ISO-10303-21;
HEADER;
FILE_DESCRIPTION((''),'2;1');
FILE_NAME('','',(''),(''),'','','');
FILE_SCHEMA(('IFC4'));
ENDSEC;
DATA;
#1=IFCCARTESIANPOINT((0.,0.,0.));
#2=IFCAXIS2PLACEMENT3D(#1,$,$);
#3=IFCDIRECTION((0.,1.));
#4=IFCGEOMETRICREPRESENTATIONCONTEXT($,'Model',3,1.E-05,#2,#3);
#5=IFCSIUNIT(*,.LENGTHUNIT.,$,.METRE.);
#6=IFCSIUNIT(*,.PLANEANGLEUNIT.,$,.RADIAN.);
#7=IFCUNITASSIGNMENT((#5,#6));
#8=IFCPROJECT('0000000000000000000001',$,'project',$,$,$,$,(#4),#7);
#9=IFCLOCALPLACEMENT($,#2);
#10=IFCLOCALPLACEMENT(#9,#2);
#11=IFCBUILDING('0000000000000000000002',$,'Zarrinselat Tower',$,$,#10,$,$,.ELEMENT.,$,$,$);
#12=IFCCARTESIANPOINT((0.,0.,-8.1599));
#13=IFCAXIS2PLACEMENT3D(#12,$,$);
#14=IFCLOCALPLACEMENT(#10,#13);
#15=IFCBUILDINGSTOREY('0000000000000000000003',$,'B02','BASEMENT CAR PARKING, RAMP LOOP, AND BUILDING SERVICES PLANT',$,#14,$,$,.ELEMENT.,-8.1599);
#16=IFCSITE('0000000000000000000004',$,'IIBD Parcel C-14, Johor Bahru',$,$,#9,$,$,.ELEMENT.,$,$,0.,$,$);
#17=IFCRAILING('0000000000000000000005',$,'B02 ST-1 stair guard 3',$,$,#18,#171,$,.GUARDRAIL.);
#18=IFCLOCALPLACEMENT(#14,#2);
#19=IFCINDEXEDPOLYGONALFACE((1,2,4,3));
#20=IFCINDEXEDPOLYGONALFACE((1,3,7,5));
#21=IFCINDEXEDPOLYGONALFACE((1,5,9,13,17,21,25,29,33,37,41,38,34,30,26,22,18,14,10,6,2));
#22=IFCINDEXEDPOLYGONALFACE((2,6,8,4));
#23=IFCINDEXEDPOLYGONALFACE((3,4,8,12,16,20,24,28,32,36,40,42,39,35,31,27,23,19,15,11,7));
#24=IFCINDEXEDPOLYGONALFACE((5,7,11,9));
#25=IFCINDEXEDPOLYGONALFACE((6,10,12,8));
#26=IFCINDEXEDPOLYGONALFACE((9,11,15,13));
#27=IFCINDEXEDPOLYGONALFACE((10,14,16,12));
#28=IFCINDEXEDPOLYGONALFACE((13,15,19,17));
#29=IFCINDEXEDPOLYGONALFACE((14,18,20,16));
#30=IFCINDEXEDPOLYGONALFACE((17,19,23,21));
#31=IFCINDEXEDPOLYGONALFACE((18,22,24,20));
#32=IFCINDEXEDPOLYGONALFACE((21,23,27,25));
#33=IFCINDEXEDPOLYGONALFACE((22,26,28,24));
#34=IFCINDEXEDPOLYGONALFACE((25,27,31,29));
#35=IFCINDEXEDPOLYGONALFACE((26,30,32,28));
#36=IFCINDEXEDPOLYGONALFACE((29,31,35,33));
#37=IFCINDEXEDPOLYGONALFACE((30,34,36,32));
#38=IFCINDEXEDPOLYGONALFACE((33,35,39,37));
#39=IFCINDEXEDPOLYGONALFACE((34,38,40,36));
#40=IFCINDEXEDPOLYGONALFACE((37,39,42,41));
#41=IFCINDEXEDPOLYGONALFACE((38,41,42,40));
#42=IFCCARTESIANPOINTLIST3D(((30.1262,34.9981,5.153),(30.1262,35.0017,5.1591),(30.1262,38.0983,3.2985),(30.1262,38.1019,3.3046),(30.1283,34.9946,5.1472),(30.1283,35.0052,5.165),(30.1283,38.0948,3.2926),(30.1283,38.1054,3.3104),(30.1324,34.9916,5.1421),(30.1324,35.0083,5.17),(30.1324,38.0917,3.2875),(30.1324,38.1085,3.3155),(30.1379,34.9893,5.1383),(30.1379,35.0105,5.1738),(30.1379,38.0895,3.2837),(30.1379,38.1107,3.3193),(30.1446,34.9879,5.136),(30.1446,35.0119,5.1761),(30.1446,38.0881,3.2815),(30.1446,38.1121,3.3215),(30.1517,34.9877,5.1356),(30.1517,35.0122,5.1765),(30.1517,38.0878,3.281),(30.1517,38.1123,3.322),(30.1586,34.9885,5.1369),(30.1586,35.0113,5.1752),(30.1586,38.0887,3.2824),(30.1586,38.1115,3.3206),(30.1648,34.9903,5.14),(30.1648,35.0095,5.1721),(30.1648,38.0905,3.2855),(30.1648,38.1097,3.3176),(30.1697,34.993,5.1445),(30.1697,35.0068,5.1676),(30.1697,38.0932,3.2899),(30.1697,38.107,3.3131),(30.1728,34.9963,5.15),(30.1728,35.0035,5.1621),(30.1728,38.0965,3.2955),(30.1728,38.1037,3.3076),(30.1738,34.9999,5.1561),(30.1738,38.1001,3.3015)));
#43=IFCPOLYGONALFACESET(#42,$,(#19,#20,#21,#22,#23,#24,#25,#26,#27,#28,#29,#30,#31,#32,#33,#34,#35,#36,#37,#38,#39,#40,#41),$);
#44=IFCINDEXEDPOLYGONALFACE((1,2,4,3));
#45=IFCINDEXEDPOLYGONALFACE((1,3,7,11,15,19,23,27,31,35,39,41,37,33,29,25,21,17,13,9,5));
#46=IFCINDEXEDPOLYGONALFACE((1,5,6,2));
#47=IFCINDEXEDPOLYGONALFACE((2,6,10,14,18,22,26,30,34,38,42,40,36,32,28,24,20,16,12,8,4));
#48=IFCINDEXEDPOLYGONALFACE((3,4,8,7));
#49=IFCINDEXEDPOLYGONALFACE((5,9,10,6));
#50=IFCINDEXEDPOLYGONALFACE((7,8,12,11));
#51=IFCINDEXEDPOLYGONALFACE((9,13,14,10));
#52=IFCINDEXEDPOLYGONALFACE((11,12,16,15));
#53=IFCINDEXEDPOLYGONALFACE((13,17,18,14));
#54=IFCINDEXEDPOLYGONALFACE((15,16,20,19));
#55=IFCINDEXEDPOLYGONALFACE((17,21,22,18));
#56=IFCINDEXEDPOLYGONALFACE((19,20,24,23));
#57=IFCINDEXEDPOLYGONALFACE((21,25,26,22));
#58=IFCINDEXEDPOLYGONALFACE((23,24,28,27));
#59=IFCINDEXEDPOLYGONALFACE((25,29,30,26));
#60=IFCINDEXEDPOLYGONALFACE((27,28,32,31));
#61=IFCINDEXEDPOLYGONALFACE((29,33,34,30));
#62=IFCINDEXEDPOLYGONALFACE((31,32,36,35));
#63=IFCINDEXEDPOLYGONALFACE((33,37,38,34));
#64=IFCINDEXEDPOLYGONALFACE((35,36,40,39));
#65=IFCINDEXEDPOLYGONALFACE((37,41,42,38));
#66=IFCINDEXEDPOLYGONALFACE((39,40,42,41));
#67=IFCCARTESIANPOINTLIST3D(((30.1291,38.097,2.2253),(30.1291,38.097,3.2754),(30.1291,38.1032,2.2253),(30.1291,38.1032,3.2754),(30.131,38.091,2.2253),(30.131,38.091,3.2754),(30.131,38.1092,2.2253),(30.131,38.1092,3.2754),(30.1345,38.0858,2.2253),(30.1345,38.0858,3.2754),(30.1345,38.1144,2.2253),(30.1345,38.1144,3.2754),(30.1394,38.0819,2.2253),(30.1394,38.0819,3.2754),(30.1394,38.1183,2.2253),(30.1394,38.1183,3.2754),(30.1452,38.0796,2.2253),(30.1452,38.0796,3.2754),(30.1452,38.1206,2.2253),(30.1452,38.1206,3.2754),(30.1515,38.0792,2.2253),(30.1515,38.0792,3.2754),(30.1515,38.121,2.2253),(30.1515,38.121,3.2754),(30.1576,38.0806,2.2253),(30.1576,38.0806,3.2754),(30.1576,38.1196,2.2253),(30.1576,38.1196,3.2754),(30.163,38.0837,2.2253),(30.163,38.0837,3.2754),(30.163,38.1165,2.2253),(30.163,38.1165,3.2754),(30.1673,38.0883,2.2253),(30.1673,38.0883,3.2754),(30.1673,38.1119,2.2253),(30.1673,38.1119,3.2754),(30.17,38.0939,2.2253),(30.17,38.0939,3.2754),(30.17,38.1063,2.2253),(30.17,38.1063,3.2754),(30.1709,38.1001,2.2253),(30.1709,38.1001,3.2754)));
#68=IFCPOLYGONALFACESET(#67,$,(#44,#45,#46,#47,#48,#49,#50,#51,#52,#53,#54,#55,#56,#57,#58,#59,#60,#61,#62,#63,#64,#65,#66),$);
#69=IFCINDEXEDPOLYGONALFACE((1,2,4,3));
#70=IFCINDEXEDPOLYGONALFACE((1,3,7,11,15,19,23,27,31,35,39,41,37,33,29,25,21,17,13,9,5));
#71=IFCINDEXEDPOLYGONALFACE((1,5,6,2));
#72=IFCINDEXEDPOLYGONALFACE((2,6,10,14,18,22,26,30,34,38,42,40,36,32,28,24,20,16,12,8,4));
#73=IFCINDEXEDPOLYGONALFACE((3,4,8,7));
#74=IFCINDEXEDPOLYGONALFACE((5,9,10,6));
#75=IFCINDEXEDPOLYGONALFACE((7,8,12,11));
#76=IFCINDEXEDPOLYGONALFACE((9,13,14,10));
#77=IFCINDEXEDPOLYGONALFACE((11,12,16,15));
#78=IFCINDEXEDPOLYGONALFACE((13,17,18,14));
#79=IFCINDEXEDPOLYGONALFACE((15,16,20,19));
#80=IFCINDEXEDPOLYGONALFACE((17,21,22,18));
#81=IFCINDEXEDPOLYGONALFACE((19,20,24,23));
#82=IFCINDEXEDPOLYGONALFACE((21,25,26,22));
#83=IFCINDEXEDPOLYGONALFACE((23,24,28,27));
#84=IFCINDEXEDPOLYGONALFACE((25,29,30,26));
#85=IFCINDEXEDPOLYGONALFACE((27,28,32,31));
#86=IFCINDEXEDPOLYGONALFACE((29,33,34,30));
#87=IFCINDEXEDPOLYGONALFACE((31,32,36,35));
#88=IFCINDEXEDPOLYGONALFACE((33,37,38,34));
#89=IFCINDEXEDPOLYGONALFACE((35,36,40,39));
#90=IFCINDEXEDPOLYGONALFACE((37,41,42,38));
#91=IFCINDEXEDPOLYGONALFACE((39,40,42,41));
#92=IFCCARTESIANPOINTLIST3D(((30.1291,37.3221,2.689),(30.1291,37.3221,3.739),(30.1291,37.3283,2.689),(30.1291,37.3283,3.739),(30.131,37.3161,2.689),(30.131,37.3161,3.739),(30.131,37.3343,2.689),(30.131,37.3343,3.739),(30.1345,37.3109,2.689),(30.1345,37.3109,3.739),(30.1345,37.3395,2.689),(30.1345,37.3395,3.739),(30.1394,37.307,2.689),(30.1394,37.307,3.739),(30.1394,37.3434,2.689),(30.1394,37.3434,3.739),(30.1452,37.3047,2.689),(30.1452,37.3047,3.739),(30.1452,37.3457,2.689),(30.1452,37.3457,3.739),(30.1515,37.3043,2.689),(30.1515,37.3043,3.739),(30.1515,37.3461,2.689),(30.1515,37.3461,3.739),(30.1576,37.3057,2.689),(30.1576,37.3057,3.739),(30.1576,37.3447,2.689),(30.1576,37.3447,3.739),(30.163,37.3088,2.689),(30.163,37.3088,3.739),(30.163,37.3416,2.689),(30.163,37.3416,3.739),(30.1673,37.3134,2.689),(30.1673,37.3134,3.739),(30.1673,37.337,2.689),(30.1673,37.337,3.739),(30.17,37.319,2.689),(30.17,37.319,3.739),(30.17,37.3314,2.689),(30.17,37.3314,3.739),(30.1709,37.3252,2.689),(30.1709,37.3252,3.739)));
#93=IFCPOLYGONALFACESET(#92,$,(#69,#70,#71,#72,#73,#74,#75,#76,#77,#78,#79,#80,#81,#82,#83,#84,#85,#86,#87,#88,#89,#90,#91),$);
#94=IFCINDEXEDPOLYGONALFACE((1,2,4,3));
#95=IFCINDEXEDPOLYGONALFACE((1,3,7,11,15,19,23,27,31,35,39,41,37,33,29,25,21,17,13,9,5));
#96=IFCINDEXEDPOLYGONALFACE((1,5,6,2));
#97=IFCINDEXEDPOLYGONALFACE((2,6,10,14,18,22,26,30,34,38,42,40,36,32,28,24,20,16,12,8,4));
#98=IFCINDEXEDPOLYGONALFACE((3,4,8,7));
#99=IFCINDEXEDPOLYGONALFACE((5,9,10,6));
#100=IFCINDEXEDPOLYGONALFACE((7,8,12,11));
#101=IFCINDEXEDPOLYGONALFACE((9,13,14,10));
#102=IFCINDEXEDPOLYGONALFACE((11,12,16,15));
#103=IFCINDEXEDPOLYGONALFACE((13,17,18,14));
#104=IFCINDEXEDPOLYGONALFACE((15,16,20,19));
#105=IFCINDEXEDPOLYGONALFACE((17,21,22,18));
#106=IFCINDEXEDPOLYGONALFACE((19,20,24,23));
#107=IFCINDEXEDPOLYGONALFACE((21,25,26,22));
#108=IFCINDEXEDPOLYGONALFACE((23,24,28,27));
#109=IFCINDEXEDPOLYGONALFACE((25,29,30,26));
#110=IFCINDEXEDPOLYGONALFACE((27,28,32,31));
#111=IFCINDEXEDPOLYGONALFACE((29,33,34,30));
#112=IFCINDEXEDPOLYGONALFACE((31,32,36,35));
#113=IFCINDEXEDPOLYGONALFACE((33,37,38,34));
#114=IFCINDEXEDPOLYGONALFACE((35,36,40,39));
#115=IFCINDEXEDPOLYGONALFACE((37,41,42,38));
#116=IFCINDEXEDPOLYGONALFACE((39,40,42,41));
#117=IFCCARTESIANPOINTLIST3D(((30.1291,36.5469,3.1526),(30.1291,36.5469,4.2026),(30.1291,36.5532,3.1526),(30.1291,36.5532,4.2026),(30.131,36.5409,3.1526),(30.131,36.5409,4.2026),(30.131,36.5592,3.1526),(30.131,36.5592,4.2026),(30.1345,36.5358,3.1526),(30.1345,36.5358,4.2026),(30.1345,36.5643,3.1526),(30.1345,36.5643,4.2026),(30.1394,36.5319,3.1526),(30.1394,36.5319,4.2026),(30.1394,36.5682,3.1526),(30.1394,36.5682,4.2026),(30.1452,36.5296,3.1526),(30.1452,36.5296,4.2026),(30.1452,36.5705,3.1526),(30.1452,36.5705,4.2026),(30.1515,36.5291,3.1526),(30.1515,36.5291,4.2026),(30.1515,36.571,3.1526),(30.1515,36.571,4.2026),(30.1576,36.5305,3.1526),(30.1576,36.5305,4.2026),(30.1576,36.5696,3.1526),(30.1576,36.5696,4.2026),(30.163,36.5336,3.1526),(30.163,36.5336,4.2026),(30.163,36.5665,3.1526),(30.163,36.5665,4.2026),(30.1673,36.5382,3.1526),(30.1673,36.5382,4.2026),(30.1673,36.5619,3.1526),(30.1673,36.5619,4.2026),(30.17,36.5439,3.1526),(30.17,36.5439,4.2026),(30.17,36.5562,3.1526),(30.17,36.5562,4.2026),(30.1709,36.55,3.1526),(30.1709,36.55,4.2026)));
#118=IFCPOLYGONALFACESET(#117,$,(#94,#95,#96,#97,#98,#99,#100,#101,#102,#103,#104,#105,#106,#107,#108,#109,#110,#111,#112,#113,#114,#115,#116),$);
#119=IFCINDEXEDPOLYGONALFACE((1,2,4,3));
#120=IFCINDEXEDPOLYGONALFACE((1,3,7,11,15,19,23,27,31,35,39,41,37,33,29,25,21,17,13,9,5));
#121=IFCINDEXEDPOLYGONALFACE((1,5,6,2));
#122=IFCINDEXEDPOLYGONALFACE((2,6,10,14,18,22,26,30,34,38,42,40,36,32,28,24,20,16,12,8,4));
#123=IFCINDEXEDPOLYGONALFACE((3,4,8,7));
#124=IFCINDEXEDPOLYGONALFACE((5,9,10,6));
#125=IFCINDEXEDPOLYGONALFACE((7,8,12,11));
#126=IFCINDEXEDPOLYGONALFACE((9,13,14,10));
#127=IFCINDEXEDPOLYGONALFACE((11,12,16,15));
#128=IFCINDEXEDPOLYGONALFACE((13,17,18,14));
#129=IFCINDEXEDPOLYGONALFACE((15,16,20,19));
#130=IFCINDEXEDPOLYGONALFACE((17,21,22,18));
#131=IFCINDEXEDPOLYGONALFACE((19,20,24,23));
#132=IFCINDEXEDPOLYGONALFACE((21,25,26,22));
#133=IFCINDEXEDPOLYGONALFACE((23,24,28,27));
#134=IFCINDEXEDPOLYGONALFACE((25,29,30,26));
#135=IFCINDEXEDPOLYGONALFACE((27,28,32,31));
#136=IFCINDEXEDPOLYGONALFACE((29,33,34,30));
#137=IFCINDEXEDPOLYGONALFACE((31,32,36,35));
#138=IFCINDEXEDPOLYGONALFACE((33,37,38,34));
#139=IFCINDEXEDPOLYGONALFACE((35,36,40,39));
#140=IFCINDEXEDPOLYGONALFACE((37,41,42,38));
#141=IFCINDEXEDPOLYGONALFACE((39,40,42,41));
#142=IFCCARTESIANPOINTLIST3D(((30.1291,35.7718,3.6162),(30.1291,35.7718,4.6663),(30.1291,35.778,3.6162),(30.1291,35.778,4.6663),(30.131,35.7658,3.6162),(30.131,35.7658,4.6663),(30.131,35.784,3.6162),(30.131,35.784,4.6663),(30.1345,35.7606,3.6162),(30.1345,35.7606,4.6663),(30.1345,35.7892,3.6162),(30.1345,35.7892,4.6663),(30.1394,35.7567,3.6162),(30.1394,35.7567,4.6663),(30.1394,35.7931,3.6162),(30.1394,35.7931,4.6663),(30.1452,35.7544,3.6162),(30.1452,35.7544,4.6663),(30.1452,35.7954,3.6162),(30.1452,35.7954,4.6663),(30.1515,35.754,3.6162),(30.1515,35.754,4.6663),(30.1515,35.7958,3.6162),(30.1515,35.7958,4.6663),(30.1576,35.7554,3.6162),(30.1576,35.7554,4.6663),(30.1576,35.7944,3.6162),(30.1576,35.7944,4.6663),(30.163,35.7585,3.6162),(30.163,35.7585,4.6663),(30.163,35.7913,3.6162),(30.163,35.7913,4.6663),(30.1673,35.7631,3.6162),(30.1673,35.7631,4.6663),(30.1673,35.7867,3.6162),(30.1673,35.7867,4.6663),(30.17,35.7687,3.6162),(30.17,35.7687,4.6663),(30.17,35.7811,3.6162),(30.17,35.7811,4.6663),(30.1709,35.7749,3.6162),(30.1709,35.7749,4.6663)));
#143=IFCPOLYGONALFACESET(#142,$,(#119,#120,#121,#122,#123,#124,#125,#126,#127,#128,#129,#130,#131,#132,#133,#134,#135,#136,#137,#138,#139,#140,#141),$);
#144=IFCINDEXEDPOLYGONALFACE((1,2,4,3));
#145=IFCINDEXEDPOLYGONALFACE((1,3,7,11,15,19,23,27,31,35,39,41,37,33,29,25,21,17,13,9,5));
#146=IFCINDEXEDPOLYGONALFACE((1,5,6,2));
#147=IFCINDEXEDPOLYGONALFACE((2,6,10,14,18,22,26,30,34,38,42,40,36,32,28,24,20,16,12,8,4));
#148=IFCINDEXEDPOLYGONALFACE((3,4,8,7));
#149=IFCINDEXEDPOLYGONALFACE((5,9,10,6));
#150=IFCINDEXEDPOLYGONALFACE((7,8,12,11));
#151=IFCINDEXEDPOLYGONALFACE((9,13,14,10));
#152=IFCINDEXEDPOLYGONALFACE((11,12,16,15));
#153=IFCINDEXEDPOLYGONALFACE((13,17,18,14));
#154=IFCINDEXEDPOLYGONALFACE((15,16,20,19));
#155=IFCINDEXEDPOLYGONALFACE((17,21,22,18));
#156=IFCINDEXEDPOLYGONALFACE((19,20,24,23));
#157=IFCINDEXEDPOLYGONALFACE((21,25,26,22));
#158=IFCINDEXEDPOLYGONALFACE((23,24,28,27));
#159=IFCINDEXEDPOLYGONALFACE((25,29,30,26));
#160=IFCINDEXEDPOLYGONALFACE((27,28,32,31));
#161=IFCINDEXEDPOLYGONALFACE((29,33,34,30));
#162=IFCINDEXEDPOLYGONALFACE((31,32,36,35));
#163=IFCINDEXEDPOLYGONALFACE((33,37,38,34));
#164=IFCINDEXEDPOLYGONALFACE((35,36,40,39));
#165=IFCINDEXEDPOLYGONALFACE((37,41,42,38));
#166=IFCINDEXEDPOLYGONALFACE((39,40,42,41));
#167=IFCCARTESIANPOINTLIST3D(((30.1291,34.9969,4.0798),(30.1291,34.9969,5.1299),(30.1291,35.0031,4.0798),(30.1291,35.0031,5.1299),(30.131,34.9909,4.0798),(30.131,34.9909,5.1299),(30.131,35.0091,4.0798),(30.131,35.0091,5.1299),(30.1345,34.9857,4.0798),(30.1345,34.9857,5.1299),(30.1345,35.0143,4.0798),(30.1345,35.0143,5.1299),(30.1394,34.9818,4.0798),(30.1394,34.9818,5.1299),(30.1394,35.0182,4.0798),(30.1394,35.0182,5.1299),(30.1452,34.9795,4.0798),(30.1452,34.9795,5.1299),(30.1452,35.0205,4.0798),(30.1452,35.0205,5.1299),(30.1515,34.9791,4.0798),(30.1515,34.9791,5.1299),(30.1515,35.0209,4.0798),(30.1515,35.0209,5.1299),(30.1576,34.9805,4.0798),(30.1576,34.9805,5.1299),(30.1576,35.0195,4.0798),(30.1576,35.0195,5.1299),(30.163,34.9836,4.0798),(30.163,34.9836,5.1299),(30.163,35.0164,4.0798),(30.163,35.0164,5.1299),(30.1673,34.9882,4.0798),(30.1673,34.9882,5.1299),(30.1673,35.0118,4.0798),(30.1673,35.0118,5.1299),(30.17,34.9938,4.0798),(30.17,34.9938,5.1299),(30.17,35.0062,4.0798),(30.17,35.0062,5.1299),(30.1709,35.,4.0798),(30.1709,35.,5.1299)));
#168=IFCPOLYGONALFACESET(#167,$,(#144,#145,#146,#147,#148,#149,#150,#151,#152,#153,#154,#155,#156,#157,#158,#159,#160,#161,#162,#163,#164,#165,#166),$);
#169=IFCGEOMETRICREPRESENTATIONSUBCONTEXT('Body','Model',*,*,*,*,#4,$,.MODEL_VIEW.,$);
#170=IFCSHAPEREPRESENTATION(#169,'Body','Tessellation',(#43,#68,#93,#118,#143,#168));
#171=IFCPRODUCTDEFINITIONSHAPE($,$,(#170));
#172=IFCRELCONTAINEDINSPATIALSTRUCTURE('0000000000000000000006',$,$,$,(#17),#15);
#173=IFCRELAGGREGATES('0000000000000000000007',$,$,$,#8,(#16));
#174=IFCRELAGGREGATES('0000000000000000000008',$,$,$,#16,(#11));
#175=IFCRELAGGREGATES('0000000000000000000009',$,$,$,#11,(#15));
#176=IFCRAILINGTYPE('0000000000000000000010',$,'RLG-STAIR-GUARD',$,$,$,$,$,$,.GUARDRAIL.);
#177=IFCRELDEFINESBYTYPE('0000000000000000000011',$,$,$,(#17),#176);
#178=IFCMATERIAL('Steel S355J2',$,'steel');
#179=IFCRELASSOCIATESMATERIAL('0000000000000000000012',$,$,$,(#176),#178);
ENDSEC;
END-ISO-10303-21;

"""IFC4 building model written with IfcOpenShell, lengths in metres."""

from ifc_helpers import new_model, si_unit, direction, frame, origin, origin_2d, place, context, subcontext, project, spatial, circle, extrude, material, type_object, element, save


model = new_model("IFC4")

# Units and contexts
model_context = context("Model", 3, precision=1e-05, world=origin(), true_north=direction((0.0, 1.0)))
body_context = subcontext(model_context, "Body", "Model", "MODEL_VIEW")
ifc_project = project(units=[si_unit("LENGTHUNIT", "METRE"), si_unit("PLANEANGLEUNIT", "RADIAN")], contexts=[model_context])

# Site, building, storey
site_placement = place(None, origin())
site = spatial("IfcSite", under=ifc_project, at=site_placement, Name="IIBD Parcel C-14, Johor Bahru", CompositionType="ELEMENT", RefElevation=0.0)
building_placement = place(site_placement, origin())
building = spatial("IfcBuilding", under=site, at=building_placement, Name="Zarrinselat Tower", CompositionType="ELEMENT")
storey_placement = place(building_placement, frame((0.0, 0.0, -8.1599)))
storey = spatial("IfcBuildingStorey", under=building, at=storey_placement, Name="B02", Description="BASEMENT CAR PARKING, RAMP LOOP, AND BUILDING SERVICES PLANT", CompositionType="ELEMENT", Elevation=-8.1599)

# Railing
ifc_material_1 = material(Name="Steel S355J2", Category="steel")
railing_type_1 = type_object("IfcRailingType", Name="RLG-STAIR-GUARD", PredefinedType="GUARDRAIL", material=ifc_material_1)
railing_1_placement = place(storey_placement, frame((30.1499, 38.1001, 2.2253)))
element("IfcRailing", 1, at=railing_1_placement, inside=storey, type_object=railing_type_1, Name="B02 ST-1 stair guard 3", PredefinedType="GUARDRAIL", context=body_context, shape_type="SweptSolid", body=[
    extrude(circle(Radius=0.0239, at=origin_2d()), frame((0.0, 0.0, 1.0762), z_axis=(0.0, -0.858172, 0.513362), x_axis=(1.0, 0.0, 0.0)), (0.0, 0.0, 1.0), 3.6125),
    extrude(circle(Radius=0.021, at=origin_2d()), origin(), (0.0, 0.0, 1.0), 1.05),
    extrude(circle(Radius=0.021, at=origin_2d()), frame((0.0, -0.7749, 0.4636)), (0.0, 0.0, 1.0), 1.05),
    extrude(circle(Radius=0.021, at=origin_2d()), frame((0.0, -1.55, 0.9272)), (0.0, 0.0, 1.0), 1.05),
    extrude(circle(Radius=0.021, at=origin_2d()), frame((0.0, -2.3252, 1.3909)), (0.0, 0.0, 1.0), 1.05),
    extrude(circle(Radius=0.021, at=origin_2d()), frame((0.0, -3.1001, 1.8545)), (0.0, 0.0, 1.0), 1.05),
])

save(model, "model.ifc")
